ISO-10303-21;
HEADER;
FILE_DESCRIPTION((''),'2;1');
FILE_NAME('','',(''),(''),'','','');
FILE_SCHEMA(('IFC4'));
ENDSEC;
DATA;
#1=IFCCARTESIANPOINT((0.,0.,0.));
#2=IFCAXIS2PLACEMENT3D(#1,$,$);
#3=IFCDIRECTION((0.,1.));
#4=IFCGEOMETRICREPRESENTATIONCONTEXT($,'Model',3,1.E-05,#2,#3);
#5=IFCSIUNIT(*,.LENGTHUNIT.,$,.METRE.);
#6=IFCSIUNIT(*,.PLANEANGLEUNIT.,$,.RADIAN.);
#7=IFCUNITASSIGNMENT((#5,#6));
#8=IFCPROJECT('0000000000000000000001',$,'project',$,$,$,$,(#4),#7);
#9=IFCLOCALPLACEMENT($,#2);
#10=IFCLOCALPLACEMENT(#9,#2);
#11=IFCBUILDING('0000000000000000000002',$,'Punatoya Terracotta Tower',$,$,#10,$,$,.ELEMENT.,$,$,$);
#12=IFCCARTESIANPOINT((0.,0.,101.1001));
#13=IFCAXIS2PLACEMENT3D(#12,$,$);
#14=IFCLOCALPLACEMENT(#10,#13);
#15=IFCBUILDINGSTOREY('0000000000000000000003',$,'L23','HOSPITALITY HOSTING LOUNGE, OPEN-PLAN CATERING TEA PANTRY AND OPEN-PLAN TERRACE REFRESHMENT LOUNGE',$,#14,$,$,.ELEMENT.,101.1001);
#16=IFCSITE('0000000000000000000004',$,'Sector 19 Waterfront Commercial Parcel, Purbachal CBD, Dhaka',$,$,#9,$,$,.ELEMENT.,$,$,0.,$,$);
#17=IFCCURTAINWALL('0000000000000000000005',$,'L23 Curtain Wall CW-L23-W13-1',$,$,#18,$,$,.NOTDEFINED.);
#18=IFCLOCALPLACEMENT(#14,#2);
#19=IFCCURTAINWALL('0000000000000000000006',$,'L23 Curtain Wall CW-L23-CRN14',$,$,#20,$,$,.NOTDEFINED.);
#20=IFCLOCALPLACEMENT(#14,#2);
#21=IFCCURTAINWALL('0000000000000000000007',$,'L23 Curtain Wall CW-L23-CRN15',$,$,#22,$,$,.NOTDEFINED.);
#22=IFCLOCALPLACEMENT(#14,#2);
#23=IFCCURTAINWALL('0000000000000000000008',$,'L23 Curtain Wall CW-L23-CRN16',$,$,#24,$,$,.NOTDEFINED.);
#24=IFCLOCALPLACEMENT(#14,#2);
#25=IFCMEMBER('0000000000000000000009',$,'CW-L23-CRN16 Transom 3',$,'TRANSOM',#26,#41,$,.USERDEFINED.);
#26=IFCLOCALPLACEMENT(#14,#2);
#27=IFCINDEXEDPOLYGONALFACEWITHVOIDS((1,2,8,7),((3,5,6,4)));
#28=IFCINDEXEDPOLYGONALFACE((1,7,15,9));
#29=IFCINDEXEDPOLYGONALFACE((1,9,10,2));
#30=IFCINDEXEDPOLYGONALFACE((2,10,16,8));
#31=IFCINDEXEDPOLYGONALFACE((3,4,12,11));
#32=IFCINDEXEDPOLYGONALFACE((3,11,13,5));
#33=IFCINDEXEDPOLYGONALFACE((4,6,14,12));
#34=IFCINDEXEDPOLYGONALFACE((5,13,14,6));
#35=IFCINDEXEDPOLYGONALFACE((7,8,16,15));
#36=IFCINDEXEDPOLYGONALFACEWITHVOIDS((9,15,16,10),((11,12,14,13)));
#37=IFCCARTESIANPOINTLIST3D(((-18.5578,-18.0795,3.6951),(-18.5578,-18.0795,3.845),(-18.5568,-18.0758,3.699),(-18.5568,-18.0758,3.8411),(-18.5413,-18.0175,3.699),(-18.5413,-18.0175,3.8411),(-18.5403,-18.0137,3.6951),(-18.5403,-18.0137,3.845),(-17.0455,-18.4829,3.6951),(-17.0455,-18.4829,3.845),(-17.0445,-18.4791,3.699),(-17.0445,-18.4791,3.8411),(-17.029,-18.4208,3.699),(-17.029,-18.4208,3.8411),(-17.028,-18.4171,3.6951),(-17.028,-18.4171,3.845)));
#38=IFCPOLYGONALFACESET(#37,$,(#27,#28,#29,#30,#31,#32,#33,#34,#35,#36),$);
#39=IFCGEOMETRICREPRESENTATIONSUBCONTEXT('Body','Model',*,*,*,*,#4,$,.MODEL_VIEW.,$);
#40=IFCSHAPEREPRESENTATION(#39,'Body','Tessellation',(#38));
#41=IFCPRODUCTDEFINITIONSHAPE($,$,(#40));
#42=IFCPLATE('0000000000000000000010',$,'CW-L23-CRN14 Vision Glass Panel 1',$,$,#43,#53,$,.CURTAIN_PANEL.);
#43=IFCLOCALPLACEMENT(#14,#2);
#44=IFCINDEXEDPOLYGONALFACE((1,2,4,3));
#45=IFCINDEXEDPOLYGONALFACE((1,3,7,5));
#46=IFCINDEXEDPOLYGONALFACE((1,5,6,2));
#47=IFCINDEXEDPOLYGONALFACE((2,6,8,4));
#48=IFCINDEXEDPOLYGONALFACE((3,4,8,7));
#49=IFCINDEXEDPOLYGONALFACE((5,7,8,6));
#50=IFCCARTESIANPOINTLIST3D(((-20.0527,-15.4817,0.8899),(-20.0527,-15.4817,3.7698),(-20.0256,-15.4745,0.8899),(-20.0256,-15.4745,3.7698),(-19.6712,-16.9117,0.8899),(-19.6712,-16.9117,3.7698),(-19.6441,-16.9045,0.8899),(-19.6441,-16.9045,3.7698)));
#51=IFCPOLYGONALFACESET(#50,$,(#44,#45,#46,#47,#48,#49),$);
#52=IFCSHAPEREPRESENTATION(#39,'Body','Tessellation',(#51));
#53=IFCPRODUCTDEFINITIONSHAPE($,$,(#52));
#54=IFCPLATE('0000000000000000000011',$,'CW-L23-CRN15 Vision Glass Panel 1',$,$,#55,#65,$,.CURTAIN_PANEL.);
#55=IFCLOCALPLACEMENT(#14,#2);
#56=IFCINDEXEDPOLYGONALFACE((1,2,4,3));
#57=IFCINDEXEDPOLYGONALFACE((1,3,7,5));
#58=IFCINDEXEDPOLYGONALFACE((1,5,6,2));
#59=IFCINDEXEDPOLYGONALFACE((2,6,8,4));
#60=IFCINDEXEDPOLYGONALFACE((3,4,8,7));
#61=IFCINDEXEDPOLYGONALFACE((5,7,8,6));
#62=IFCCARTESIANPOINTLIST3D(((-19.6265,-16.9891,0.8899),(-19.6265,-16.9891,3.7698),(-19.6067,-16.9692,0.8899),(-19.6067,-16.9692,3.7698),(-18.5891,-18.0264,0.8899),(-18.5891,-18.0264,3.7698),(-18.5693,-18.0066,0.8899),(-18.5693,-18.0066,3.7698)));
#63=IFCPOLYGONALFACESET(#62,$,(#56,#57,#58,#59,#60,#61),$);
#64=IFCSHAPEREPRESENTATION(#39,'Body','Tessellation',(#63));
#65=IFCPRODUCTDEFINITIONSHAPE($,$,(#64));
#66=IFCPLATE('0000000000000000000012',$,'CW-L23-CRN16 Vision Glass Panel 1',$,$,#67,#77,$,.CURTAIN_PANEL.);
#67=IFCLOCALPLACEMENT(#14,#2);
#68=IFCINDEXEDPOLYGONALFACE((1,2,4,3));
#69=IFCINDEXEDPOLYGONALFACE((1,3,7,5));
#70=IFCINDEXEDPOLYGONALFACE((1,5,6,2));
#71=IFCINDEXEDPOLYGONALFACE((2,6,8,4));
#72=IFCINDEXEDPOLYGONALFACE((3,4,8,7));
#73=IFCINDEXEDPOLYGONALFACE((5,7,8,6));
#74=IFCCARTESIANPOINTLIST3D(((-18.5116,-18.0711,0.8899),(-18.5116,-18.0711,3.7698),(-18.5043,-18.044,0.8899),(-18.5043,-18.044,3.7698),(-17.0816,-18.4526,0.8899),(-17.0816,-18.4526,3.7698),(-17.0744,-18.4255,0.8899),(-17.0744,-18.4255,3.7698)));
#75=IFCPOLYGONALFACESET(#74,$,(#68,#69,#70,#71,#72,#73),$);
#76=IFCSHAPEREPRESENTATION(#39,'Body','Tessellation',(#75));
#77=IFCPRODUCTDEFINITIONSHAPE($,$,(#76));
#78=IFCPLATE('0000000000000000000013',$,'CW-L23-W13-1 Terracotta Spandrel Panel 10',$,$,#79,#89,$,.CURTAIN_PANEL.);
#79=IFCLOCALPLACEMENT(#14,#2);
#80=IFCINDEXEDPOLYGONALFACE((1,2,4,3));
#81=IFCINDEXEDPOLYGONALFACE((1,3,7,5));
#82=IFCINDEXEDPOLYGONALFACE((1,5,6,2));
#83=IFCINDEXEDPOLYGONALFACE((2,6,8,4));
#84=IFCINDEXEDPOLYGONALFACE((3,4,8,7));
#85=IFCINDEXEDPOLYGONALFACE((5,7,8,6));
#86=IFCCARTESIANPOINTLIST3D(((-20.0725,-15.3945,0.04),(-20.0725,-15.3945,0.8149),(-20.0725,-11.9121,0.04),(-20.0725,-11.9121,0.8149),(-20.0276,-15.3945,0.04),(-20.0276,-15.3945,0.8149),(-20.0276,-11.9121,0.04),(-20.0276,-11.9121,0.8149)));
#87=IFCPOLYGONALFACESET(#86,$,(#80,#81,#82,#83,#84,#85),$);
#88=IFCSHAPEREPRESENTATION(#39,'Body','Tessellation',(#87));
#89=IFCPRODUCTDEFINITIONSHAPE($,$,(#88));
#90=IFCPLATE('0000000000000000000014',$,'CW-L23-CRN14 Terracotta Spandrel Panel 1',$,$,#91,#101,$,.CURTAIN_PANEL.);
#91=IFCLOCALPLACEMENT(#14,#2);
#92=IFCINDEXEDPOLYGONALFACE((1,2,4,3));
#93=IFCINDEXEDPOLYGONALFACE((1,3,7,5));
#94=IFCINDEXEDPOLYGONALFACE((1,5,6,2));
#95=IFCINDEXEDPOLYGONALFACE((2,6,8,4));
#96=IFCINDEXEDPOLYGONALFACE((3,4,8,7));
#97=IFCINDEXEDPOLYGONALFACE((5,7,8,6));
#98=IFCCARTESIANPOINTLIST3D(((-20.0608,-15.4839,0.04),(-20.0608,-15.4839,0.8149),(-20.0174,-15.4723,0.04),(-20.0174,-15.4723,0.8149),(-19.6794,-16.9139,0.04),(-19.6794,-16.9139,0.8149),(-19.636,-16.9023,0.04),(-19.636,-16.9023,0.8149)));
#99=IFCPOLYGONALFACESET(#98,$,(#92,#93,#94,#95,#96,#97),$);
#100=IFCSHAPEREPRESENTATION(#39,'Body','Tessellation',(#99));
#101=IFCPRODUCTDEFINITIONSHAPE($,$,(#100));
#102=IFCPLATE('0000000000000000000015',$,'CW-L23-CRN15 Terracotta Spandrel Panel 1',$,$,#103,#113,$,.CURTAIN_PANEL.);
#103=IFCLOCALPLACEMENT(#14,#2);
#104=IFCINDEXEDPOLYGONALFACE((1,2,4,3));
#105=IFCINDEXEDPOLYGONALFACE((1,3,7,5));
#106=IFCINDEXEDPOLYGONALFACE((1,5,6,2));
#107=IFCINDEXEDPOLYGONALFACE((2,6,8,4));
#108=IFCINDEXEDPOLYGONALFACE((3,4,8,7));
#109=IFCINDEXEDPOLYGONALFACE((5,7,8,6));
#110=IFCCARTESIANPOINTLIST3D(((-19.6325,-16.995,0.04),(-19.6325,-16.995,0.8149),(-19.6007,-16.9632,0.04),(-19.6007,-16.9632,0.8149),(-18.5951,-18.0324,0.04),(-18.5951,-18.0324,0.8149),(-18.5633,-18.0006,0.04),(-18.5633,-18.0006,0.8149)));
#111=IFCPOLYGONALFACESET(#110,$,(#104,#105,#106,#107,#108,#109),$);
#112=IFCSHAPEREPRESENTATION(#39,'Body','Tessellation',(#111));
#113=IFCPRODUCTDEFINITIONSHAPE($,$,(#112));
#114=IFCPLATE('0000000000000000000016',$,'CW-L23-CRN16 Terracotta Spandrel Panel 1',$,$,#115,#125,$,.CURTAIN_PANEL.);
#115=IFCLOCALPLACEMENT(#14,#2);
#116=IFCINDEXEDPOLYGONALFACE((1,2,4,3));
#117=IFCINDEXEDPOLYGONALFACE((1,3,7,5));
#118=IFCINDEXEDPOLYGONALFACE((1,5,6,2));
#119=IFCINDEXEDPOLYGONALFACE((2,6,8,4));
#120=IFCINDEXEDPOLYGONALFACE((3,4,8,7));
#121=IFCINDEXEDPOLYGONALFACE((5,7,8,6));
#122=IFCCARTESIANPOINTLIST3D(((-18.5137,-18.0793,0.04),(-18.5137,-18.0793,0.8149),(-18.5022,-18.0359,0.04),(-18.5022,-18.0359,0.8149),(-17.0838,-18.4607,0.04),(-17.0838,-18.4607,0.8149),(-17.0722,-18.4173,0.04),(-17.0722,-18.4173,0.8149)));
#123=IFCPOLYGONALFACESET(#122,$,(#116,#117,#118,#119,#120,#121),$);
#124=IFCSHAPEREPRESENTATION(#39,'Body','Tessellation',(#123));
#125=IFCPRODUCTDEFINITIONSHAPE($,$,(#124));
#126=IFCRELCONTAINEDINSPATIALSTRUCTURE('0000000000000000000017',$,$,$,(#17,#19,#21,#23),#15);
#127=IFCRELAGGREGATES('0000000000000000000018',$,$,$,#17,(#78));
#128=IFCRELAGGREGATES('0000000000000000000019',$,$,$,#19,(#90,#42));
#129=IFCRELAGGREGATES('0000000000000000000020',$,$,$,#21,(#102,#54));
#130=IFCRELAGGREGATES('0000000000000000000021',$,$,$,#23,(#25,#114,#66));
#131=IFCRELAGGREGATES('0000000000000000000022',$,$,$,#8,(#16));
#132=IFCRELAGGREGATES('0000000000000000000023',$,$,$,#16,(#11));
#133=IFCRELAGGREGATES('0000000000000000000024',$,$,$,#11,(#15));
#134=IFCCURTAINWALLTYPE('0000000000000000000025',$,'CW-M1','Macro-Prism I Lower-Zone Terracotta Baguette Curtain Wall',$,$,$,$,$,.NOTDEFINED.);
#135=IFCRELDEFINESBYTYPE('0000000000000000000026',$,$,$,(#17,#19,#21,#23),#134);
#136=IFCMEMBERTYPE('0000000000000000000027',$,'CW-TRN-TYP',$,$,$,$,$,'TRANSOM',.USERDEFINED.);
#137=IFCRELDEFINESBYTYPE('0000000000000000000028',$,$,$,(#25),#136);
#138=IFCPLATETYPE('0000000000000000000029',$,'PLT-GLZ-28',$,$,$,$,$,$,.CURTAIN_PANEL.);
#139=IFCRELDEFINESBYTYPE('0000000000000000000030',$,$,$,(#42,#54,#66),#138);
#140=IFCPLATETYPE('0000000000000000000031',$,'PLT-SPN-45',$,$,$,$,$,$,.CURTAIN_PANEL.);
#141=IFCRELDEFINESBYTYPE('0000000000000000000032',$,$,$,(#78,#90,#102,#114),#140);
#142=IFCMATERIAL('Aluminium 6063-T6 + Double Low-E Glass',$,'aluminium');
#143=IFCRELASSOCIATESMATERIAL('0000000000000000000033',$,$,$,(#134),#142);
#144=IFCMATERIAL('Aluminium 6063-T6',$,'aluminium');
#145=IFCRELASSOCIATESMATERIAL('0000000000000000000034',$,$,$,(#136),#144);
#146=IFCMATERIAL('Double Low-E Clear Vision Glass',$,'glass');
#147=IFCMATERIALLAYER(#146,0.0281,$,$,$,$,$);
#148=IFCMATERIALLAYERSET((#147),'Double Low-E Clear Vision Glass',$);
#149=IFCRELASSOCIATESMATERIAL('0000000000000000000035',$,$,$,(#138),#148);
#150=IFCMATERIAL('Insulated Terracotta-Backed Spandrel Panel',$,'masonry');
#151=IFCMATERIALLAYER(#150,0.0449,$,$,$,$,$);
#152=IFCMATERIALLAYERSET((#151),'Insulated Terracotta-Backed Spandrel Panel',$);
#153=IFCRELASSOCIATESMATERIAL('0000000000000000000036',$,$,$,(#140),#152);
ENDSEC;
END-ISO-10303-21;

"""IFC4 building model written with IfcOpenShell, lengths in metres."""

from ifc_helpers import new_model, si_unit, direction, frame, origin, origin_2d, place, context, subcontext, project, spatial, rectangle, hollow_rectangle, extrude, material, layer, layer_set, material_profile, profile_set, type_object, element, aggregate, save


model = new_model("IFC4")

# Units and contexts
model_context = context("Model", 3, precision=1e-05, world=origin(), true_north=direction((0.0, 1.0)))
body_context = subcontext(model_context, "Body", "Model", "MODEL_VIEW")
ifc_project = project(units=[si_unit("LENGTHUNIT", "METRE"), si_unit("PLANEANGLEUNIT", "RADIAN")], contexts=[model_context])

# Site, building, storey
site_placement = place(None, origin())
site = spatial("IfcSite", under=ifc_project, at=site_placement, Name="Sector 19 Waterfront Commercial Parcel, Purbachal CBD, Dhaka", CompositionType="ELEMENT", RefElevation=0.0)
building_placement = place(site_placement, origin())
building = spatial("IfcBuilding", under=site, at=building_placement, Name="Punatoya Terracotta Tower", CompositionType="ELEMENT")
storey_placement = place(building_placement, frame((0.0, 0.0, 101.1001)))
storey = spatial("IfcBuildingStorey", under=building, at=storey_placement, Name="L23", Description="HOSPITALITY HOSTING LOUNGE, OPEN-PLAN CATERING TEA PANTRY AND OPEN-PLAN TERRACE REFRESHMENT LOUNGE", CompositionType="ELEMENT", Elevation=101.1001)

# Curtain wall
ifc_material_1 = material(Name="Aluminium 6063-T6 + Double Low-E Glass", Category="aluminium")
curtain_wall_type = type_object("IfcCurtainWallType", Name="CW-M1", Description="Macro-Prism I Lower-Zone Terracotta Baguette Curtain Wall", PredefinedType="NOTDEFINED", material=ifc_material_1)
curtain_wall_1_placement = place(storey_placement, origin())
curtain_wall_1 = element("IfcCurtainWall", 1, at=curtain_wall_1_placement, inside=storey, type_object=curtain_wall_type, Name="L23 Curtain Wall CW-L23-W13-1", PredefinedType="NOTDEFINED")
ifc_material_2 = material(Name="Aluminium 6063-T6", Category="aluminium")

# Curtain walls
curtain_wall_2_placement = place(storey_placement, origin())
curtain_wall_2 = element("IfcCurtainWall", 2, at=curtain_wall_2_placement, inside=storey, type_object=curtain_wall_type, Name="L23 Curtain Wall CW-L23-CRN14", PredefinedType="NOTDEFINED")
curtain_wall_3_placement = place(storey_placement, origin())
curtain_wall_3 = element("IfcCurtainWall", 3, at=curtain_wall_3_placement, inside=storey, type_object=curtain_wall_type, Name="L23 Curtain Wall CW-L23-CRN15", PredefinedType="NOTDEFINED")
curtain_wall_4_placement = place(storey_placement, origin())
curtain_wall_4 = element("IfcCurtainWall", 4, at=curtain_wall_4_placement, inside=storey, type_object=curtain_wall_type, Name="L23 Curtain Wall CW-L23-CRN16", PredefinedType="NOTDEFINED")

# Member
ifc_material_profile_1 = material_profile(ifc_material_2, hollow_rectangle(XDim=0.0681, YDim=0.1499, WallThickness=0.0039, at=origin_2d()))
ifc_profile_set_1 = profile_set([ifc_material_profile_1], Name="Aluminium 6063-T6")
member_type_1 = type_object("IfcMemberType", Name="CW-TRN-TYP", ElementType="TRANSOM", PredefinedType="USERDEFINED", material=ifc_profile_set_1)
member_1_placement = place(storey_placement, frame((-18.5491, -18.0466, 3.77), z_axis=(0.966225, -0.257701, 0.0), x_axis=(0.257701, 0.966225, 0.0)))
member_1 = element("IfcMember", 5, at=member_1_placement, type_object=member_type_1, Name="CW-L23-CRN16 Transom 3", ObjectType="TRANSOM", PredefinedType="USERDEFINED", context=body_context, shape_type="SweptSolid", body=[
    extrude(hollow_rectangle(XDim=0.0681, YDim=0.1499, WallThickness=0.0039, at=origin_2d()), origin(), (0.0, 0.0, 1.0), 1.5652),
])

# Plates
ifc_material_3 = material(Name="Double Low-E Clear Vision Glass", Category="glass")
ifc_layer_1 = layer(ifc_material_3, 0.0281)
ifc_layer_set_1 = layer_set([ifc_layer_1], Name="Double Low-E Clear Vision Glass")
plate_type_1 = type_object("IfcPlateType", Name="PLT-GLZ-28", PredefinedType="CURTAIN_PANEL", material=ifc_layer_set_1)
plate_1_placement = place(storey_placement, frame((-19.8484, -16.1931, 0.8899), z_axis=(0.0, 0.0, 1.0), x_axis=(0.257742, -0.966214, 0.0)))
plate_1 = element("IfcPlate", 6, at=plate_1_placement, type_object=plate_type_1, Name="CW-L23-CRN14 Vision Glass Panel 1", PredefinedType="CURTAIN_PANEL", context=body_context, shape_type="SweptSolid", body=[
    extrude(rectangle(XDim=1.48, YDim=0.0281, at=origin_2d()), origin(), (0.0, 0.0, 1.0), 2.8799),
])
plate_2_placement = place(storey_placement, frame((-19.0979, -17.4978, 0.8899), z_axis=(0.0, 0.0, 1.0), x_axis=(0.707107, -0.707107, 0.0)))
plate_2 = element("IfcPlate", 7, at=plate_2_placement, type_object=plate_type_1, Name="CW-L23-CRN15 Vision Glass Panel 1", PredefinedType="CURTAIN_PANEL", context=body_context, shape_type="SweptSolid", body=[
    extrude(rectangle(XDim=1.467, YDim=0.0281, at=origin_2d()), origin(), (0.0, 0.0, 1.0), 2.8799),
])
plate_3_placement = place(storey_placement, frame((-17.793, -18.2483, 0.8899), z_axis=(0.0, 0.0, 1.0), x_axis=(0.966214, -0.257742, 0.0)))
plate_3 = element("IfcPlate", 8, at=plate_3_placement, type_object=plate_type_1, Name="CW-L23-CRN16 Vision Glass Panel 1", PredefinedType="CURTAIN_PANEL", context=body_context, shape_type="SweptSolid", body=[
    extrude(rectangle(XDim=1.48, YDim=0.0281, at=origin_2d()), origin(), (0.0, 0.0, 1.0), 2.8799),
])
ifc_material_4 = material(Name="Insulated Terracotta-Backed Spandrel Panel", Category="masonry")
ifc_layer_2 = layer(ifc_material_4, 0.0449)
ifc_layer_set_2 = layer_set([ifc_layer_2], Name="Insulated Terracotta-Backed Spandrel Panel")
plate_type_2 = type_object("IfcPlateType", Name="PLT-SPN-45", PredefinedType="CURTAIN_PANEL", material=ifc_layer_set_2)
plate_4_placement = place(storey_placement, frame((-20.05, -13.6533, 0.04), z_axis=(0.0, 0.0, 1.0), x_axis=(0.0, -1.0, 0.0)))
plate_4 = element("IfcPlate", 9, at=plate_4_placement, type_object=plate_type_2, Name="CW-L23-W13-1 Terracotta Spandrel Panel 10", PredefinedType="CURTAIN_PANEL", context=body_context, shape_type="SweptSolid", body=[
    extrude(rectangle(XDim=3.4824, YDim=0.0449, at=origin_2d()), origin(), (0.0, 0.0, 1.0), 0.7749),
])
aggregate(curtain_wall_1, [plate_4])
plate_5_placement = place(storey_placement, frame((-19.8484, -16.1931, 0.04), z_axis=(0.0, 0.0, 1.0), x_axis=(0.257742, -0.966214, 0.0)))
plate_5 = element("IfcPlate", 10, at=plate_5_placement, type_object=plate_type_2, Name="CW-L23-CRN14 Terracotta Spandrel Panel 1", PredefinedType="CURTAIN_PANEL", context=body_context, shape_type="SweptSolid", body=[
    extrude(rectangle(XDim=1.48, YDim=0.0449, at=origin_2d()), origin(), (0.0, 0.0, 1.0), 0.7749),
])
aggregate(curtain_wall_2, [plate_5, plate_1])
plate_6_placement = place(storey_placement, frame((-19.0979, -17.4978, 0.04), z_axis=(0.0, 0.0, 1.0), x_axis=(0.707107, -0.707107, 0.0)))
plate_6 = element("IfcPlate", 11, at=plate_6_placement, type_object=plate_type_2, Name="CW-L23-CRN15 Terracotta Spandrel Panel 1", PredefinedType="CURTAIN_PANEL", context=body_context, shape_type="SweptSolid", body=[
    extrude(rectangle(XDim=1.467, YDim=0.0449, at=origin_2d()), origin(), (0.0, 0.0, 1.0), 0.7749),
])
aggregate(curtain_wall_3, [plate_6, plate_2])
plate_7_placement = place(storey_placement, frame((-17.793, -18.2483, 0.04), z_axis=(0.0, 0.0, 1.0), x_axis=(0.966214, -0.257742, 0.0)))
plate_7 = element("IfcPlate", 12, at=plate_7_placement, type_object=plate_type_2, Name="CW-L23-CRN16 Terracotta Spandrel Panel 1", PredefinedType="CURTAIN_PANEL", context=body_context, shape_type="SweptSolid", body=[
    extrude(rectangle(XDim=1.48, YDim=0.0449, at=origin_2d()), origin(), (0.0, 0.0, 1.0), 0.7749),
])
aggregate(curtain_wall_4, [member_1, plate_7, plate_3])

save(model, "model.ifc")
